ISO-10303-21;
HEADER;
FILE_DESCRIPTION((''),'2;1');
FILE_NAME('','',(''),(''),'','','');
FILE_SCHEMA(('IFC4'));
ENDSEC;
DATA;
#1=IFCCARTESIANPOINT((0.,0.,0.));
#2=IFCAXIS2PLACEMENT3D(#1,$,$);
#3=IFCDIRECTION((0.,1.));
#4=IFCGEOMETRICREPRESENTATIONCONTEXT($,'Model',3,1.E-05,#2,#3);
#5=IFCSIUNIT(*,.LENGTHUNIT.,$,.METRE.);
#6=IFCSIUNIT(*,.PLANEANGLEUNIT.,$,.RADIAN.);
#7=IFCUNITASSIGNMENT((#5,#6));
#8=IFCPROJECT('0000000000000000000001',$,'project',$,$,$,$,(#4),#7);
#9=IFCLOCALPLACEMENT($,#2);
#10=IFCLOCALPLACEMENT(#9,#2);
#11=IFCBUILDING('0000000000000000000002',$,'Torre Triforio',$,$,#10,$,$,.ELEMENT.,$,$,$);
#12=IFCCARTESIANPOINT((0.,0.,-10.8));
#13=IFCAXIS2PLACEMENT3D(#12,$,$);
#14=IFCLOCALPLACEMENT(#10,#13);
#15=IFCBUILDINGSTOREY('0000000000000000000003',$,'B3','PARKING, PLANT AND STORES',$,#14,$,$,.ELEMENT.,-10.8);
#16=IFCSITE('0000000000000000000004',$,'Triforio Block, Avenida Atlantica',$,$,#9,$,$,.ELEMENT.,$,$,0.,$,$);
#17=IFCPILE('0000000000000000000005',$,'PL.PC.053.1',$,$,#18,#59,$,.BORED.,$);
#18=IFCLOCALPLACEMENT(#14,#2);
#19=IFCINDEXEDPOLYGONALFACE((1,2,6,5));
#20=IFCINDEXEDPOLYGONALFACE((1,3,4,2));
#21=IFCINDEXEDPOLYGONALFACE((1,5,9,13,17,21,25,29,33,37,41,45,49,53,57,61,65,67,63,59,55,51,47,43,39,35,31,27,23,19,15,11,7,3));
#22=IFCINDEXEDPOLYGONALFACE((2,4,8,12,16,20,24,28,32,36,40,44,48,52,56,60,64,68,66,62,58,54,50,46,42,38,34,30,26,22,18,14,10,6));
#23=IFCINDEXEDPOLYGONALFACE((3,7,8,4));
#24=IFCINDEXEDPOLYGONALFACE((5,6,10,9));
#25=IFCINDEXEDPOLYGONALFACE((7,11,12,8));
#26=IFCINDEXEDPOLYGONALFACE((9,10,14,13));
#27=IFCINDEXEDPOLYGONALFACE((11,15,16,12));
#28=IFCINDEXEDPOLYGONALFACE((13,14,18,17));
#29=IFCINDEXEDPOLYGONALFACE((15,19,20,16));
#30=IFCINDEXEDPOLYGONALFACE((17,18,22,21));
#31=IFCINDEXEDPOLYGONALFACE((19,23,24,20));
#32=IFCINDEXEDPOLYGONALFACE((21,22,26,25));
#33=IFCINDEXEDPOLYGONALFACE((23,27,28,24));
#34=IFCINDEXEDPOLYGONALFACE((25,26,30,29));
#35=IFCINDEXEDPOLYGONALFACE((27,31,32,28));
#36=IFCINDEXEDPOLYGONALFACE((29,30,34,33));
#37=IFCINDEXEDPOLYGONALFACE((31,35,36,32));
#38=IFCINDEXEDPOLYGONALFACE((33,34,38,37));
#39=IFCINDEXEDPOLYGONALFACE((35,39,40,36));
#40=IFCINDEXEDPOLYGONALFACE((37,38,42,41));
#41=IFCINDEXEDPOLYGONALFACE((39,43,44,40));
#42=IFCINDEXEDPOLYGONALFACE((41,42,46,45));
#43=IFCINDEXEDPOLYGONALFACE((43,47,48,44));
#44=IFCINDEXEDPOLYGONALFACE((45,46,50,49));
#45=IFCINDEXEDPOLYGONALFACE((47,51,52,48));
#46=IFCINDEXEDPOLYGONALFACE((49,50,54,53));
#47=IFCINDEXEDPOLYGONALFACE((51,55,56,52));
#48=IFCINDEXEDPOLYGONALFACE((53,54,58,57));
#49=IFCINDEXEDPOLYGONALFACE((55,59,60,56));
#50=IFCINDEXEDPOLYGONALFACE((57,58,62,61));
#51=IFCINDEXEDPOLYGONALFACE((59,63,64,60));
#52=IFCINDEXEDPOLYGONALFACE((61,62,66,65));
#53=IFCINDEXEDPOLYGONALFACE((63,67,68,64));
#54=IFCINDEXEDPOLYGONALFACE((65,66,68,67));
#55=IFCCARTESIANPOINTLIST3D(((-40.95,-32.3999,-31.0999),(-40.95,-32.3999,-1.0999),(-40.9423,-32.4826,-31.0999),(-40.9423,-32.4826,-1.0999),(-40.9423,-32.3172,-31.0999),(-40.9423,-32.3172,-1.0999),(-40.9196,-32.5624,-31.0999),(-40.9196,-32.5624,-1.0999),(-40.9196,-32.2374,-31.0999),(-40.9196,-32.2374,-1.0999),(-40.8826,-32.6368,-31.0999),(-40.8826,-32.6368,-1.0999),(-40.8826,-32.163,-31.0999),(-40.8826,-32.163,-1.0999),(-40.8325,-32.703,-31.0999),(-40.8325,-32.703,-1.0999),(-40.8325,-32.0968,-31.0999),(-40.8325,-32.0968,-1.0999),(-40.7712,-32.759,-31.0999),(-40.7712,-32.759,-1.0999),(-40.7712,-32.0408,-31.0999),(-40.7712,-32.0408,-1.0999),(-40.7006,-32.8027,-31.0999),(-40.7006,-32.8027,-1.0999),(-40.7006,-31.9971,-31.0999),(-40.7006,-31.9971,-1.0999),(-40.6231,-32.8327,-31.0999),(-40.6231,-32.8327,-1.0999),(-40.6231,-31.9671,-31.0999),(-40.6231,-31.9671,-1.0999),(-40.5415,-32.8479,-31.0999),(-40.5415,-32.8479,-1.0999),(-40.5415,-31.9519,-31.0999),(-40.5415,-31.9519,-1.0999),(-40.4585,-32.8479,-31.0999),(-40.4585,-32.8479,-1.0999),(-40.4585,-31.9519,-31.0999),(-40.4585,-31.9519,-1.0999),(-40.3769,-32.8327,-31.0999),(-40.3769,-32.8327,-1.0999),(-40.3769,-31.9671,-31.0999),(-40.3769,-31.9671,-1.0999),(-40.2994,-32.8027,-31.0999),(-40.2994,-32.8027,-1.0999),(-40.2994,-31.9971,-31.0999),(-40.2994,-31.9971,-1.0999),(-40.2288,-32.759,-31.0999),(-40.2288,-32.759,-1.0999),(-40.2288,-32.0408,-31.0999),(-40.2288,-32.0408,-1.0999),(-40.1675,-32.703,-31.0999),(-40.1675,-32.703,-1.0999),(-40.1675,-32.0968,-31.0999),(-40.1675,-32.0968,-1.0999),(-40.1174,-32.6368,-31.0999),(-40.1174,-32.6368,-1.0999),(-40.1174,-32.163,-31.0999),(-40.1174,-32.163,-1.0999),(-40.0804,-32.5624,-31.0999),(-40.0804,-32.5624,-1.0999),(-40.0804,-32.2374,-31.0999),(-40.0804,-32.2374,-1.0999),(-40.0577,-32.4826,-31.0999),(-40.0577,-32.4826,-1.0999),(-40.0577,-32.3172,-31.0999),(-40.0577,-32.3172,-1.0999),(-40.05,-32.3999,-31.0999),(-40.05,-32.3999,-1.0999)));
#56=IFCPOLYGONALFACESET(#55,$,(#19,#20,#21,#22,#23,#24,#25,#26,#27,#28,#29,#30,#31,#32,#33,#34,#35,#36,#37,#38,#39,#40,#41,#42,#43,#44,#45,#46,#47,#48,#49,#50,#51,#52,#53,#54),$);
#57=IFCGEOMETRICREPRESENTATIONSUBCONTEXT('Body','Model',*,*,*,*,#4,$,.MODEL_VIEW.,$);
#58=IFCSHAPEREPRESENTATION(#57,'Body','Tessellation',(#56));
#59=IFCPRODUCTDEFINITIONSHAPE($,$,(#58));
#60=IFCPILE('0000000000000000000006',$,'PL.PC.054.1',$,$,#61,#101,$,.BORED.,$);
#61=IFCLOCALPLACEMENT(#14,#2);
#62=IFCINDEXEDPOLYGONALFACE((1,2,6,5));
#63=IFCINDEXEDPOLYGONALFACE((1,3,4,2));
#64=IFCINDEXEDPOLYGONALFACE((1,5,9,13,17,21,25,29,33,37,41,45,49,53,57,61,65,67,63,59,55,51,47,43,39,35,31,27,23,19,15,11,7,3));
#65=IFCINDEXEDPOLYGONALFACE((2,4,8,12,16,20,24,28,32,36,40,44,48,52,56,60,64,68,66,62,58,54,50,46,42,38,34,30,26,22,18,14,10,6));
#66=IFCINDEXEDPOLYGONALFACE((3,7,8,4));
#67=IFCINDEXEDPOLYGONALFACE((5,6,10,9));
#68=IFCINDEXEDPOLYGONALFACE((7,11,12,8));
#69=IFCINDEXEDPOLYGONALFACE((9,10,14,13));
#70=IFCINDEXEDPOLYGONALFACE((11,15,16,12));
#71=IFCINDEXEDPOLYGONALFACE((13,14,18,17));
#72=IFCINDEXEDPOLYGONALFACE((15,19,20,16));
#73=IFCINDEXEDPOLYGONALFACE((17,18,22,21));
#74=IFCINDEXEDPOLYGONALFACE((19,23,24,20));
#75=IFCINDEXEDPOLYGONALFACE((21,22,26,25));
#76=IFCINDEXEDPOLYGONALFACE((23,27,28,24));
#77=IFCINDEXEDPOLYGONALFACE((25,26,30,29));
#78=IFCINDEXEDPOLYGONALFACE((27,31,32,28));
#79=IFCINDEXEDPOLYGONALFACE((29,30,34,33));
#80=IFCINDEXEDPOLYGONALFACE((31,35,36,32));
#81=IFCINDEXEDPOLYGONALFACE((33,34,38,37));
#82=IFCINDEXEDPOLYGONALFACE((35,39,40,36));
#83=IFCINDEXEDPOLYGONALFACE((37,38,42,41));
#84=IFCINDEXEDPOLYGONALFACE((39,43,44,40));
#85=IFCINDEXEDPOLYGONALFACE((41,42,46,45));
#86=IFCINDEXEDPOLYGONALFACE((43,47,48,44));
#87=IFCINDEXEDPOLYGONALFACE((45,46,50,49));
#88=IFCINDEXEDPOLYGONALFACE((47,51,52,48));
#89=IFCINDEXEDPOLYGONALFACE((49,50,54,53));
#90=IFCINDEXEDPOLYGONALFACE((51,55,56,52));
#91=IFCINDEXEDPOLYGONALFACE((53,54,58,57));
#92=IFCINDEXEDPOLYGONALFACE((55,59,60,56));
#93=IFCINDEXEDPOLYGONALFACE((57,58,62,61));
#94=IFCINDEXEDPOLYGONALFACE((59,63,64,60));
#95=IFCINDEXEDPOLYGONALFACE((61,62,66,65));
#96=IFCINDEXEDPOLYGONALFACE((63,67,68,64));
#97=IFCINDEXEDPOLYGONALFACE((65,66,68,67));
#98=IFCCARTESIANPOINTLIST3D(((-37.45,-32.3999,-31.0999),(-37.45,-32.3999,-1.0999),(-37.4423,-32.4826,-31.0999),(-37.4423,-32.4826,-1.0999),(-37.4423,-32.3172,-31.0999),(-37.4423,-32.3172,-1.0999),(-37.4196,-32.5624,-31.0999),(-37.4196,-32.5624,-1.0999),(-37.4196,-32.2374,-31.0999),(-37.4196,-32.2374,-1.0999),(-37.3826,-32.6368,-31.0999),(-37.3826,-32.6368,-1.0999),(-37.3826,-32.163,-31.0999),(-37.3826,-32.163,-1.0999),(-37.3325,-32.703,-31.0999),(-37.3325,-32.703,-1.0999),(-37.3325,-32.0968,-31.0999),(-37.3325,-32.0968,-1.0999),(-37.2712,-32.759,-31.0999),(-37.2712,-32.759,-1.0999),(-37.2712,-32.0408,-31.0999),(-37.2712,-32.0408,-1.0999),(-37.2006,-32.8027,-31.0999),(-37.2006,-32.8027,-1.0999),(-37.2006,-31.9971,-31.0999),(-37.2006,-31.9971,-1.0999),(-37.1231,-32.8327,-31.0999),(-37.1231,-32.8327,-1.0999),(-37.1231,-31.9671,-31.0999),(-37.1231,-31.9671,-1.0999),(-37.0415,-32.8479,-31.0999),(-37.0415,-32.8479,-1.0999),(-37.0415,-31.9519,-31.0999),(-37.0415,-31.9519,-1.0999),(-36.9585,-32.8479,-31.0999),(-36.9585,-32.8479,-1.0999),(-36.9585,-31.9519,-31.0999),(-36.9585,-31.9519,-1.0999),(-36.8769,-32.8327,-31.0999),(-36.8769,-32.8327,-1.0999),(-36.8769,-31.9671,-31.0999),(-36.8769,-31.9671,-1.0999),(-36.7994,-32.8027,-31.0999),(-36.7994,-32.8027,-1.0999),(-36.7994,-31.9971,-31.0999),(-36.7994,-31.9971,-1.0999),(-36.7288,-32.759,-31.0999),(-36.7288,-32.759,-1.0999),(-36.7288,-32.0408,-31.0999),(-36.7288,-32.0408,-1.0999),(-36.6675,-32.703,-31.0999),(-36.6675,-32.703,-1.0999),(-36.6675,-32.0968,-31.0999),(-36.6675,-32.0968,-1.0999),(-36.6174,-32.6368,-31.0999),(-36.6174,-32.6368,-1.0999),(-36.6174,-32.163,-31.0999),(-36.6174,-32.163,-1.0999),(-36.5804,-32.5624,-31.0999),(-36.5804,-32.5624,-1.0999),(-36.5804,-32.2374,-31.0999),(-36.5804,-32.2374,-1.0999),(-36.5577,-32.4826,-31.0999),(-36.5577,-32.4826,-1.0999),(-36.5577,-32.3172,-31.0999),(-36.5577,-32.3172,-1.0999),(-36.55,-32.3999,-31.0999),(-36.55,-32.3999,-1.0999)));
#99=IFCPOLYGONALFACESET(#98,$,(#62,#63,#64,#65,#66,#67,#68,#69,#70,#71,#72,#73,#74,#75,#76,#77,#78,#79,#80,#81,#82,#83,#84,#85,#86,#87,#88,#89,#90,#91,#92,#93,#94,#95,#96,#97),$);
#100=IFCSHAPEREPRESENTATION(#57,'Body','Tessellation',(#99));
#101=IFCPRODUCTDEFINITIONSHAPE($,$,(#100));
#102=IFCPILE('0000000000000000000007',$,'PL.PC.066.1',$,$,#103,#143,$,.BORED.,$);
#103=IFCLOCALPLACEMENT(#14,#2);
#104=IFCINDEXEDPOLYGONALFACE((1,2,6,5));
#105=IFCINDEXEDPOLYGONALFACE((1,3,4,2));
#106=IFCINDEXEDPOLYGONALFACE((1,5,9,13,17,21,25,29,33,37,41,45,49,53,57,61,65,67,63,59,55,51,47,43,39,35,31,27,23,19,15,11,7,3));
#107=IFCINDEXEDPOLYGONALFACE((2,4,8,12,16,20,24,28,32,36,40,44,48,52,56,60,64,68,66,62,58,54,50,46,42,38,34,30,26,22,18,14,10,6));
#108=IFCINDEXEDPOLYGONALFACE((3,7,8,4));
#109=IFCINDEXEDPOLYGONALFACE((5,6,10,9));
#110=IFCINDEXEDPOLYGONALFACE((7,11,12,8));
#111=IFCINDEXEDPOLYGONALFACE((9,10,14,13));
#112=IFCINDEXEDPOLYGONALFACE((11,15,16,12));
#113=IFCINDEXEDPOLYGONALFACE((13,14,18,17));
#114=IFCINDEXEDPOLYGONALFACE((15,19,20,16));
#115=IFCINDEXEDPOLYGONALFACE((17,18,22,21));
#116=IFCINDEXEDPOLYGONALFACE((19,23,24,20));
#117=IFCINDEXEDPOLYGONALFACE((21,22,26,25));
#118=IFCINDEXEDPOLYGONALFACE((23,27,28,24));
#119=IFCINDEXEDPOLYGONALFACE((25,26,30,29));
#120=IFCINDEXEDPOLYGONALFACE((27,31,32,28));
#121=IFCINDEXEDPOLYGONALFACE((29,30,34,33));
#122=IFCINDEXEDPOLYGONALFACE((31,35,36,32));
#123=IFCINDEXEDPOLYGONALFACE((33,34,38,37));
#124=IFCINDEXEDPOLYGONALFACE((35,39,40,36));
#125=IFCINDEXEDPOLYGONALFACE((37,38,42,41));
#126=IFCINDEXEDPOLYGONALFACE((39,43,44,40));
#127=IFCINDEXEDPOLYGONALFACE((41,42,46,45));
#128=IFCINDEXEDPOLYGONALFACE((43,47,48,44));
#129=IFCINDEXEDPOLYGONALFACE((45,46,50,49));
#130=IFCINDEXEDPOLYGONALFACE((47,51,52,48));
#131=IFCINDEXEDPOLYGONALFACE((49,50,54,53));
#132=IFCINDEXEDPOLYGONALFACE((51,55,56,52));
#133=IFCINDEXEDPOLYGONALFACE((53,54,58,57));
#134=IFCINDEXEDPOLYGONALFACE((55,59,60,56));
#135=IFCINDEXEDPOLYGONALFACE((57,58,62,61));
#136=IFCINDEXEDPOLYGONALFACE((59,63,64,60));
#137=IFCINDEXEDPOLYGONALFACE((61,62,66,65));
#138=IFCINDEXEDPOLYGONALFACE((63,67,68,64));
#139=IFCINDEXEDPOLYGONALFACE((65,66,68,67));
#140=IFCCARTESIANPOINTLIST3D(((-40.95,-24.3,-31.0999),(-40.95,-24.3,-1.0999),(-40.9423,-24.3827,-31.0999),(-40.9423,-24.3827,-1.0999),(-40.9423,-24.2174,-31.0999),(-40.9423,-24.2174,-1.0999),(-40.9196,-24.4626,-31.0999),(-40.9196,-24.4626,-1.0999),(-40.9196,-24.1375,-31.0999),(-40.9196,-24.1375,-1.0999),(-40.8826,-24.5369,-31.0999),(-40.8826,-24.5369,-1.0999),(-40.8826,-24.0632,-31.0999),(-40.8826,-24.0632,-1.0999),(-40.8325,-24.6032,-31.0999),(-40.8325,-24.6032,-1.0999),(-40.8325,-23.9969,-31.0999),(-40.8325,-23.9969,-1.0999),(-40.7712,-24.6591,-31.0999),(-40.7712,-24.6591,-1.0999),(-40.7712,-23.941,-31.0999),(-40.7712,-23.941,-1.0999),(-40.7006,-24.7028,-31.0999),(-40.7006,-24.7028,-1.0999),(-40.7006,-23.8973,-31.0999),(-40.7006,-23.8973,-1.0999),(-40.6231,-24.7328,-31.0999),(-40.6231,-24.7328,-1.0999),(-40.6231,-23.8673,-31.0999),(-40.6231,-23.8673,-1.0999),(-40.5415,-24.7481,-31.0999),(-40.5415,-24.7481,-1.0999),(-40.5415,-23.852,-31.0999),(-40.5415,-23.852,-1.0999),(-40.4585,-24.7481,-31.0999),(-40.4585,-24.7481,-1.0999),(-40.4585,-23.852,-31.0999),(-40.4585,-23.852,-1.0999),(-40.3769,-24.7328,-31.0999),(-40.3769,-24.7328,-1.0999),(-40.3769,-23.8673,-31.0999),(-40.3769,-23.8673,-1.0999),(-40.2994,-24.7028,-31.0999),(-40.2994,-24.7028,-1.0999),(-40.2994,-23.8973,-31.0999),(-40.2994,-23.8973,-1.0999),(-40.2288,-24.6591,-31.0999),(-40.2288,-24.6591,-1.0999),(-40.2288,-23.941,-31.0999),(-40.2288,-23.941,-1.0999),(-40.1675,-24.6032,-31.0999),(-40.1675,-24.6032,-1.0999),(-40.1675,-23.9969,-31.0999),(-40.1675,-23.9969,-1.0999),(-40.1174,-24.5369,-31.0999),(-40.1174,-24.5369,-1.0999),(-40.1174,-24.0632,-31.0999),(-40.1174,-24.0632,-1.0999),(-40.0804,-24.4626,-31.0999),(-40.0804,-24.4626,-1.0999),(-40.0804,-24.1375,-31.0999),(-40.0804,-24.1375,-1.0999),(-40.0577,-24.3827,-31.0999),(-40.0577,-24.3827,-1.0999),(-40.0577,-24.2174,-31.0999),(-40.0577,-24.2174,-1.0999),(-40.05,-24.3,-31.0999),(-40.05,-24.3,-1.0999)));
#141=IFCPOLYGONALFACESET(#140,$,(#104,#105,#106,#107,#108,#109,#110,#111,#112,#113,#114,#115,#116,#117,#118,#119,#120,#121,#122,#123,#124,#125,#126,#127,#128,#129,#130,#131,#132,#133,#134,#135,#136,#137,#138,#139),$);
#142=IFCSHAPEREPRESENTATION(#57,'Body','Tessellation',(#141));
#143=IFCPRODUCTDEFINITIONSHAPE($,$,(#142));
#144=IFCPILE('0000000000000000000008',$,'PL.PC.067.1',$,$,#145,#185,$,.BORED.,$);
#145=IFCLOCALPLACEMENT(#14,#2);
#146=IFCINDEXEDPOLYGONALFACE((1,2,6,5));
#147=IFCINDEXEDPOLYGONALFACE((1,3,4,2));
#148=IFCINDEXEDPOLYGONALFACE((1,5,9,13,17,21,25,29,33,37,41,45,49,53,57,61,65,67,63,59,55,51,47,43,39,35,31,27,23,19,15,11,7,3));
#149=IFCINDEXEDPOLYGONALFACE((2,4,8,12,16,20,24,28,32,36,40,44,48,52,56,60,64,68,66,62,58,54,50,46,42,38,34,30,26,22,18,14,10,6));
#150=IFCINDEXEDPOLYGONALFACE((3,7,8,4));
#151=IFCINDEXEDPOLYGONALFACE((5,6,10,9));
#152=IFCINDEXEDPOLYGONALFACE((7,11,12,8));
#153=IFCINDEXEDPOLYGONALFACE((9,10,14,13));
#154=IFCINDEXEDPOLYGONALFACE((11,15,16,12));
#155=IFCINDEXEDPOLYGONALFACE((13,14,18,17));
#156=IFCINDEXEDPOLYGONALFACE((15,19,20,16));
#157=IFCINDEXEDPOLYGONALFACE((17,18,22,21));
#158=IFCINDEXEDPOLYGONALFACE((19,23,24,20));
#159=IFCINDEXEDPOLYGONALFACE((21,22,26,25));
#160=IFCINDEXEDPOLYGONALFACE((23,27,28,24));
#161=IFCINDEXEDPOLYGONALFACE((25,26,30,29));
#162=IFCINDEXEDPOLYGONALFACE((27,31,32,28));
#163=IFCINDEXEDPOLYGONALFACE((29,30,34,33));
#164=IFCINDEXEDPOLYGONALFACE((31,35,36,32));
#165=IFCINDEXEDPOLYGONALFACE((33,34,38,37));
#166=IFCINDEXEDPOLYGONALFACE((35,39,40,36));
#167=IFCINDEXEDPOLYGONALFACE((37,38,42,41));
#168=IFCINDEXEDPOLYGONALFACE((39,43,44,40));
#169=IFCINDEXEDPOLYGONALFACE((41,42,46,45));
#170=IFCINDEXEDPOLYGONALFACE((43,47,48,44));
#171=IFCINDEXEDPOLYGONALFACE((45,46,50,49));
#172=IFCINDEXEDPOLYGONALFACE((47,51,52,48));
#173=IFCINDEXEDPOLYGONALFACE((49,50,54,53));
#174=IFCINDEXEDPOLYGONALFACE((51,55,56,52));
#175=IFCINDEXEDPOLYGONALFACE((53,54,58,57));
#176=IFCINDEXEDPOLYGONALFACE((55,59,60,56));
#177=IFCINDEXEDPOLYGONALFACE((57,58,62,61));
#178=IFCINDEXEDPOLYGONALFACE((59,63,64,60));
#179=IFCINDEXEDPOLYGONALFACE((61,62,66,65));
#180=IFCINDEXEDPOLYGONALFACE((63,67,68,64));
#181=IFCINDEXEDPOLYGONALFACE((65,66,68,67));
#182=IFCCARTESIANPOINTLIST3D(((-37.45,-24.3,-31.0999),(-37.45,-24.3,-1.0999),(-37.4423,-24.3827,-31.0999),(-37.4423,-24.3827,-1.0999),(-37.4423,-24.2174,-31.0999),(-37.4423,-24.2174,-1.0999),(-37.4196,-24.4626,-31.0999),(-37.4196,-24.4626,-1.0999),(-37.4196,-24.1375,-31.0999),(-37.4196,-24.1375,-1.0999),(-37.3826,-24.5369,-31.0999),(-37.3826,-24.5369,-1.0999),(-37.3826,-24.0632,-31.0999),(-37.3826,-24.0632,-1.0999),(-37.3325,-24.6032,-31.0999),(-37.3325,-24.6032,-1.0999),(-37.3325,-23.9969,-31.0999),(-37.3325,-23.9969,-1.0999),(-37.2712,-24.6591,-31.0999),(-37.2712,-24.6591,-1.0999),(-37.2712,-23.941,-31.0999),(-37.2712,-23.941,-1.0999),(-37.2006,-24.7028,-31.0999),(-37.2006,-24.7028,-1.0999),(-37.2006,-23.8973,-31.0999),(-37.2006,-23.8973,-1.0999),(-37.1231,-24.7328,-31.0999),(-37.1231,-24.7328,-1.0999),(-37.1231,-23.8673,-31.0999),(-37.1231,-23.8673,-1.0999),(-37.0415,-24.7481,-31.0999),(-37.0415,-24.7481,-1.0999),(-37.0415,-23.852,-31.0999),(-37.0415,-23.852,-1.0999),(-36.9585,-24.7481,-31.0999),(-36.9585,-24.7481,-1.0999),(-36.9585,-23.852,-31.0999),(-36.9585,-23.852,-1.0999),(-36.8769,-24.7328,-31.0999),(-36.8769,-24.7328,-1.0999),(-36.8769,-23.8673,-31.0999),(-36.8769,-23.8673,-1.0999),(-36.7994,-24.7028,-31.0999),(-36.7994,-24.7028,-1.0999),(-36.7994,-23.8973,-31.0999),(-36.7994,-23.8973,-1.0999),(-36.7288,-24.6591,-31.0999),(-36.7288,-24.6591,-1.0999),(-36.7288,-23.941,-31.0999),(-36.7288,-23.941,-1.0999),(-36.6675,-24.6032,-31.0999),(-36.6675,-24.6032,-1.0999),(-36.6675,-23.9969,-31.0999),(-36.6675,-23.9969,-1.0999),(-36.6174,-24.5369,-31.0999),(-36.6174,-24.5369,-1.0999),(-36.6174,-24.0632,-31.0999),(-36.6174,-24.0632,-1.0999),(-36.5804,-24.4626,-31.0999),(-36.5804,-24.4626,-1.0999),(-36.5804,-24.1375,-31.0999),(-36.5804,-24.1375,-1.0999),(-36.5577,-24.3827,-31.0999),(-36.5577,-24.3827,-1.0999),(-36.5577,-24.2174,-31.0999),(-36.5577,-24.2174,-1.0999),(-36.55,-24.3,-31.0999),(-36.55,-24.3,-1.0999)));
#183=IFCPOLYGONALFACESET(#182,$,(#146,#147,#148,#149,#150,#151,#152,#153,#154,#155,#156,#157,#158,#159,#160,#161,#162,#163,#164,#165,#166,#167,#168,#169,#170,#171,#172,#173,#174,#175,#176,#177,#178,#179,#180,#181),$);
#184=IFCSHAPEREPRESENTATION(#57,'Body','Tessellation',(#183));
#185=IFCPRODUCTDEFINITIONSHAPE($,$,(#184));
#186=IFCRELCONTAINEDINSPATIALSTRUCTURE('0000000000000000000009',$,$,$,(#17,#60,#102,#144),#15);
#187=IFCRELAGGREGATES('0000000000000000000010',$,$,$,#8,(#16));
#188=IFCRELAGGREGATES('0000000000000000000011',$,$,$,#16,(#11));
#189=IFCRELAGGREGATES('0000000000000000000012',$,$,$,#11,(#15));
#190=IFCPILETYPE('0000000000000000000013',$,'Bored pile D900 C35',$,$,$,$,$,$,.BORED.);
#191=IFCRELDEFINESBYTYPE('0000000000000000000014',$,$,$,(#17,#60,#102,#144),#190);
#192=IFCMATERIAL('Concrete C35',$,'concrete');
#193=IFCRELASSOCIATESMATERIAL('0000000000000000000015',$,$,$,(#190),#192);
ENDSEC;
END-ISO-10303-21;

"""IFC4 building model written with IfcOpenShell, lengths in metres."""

from ifc_helpers import new_model, si_unit, direction, frame, origin, origin_2d, place, context, subcontext, project, spatial, circle, extrude, material, material_profile, profile_set, type_object, element, save


model = new_model("IFC4")

# Units and contexts
model_context = context("Model", 3, precision=1e-05, world=origin(), true_north=direction((0.0, 1.0)))
body_context = subcontext(model_context, "Body", "Model", "MODEL_VIEW")
ifc_project = project(units=[si_unit("LENGTHUNIT", "METRE"), si_unit("PLANEANGLEUNIT", "RADIAN")], contexts=[model_context])

# Site, building, storey
site_placement = place(None, origin())
site = spatial("IfcSite", under=ifc_project, at=site_placement, Name="Triforio Block, Avenida Atlantica", CompositionType="ELEMENT", RefElevation=0.0)
building_placement = place(site_placement, origin())
building = spatial("IfcBuilding", under=site, at=building_placement, Name="Torre Triforio", CompositionType="ELEMENT")
storey_placement = place(building_placement, frame((0.0, 0.0, -10.8)))
storey = spatial("IfcBuildingStorey", under=building, at=storey_placement, Name="B3", Description="PARKING, PLANT AND STORES", CompositionType="ELEMENT", Elevation=-10.8)

# Piles
ifc_material_1 = material(Name="Concrete C35", Category="concrete")
ifc_material_profile_1 = material_profile(ifc_material_1, circle(Radius=0.45, at=origin_2d()), Name="RC D900")
ifc_profile_set_1 = profile_set([ifc_material_profile_1], Name="Concrete C35")
pile_type = type_object("IfcPileType", Name="Bored pile D900 C35", PredefinedType="BORED", material=ifc_profile_set_1)
for number, where, z_axis, x_axis, name in (
    (1, (-40.5, -32.3999, -1.0999), (0.0, 0.0, -1.0), (1.0, 0.0, 0.0), "PL.PC.053.1"),
    (2, (-37.0, -32.3999, -1.0999), (0.0, 0.0, -1.0), (1.0, 0.0, 0.0), "PL.PC.054.1"),
    (3, (-40.5, -24.3, -1.0999), (0.0, 0.0, -1.0), (1.0, 0.0, 0.0), "PL.PC.066.1"),
    (4, (-37.0, -24.3, -1.0999), (0.0, 0.0, -1.0), (1.0, 0.0, 0.0), "PL.PC.067.1"),
):
    element("IfcPile", number, at=place(storey_placement, frame(where, z_axis=z_axis, x_axis=x_axis)), inside=storey, type_object=pile_type, Name=name, PredefinedType="BORED", context=body_context, shape_type="SweptSolid", body=[
        extrude(circle(Radius=0.45, at=origin_2d()), origin(), (0.0, 0.0, 1.0), 30.0),
    ])

save(model, "model.ifc")
